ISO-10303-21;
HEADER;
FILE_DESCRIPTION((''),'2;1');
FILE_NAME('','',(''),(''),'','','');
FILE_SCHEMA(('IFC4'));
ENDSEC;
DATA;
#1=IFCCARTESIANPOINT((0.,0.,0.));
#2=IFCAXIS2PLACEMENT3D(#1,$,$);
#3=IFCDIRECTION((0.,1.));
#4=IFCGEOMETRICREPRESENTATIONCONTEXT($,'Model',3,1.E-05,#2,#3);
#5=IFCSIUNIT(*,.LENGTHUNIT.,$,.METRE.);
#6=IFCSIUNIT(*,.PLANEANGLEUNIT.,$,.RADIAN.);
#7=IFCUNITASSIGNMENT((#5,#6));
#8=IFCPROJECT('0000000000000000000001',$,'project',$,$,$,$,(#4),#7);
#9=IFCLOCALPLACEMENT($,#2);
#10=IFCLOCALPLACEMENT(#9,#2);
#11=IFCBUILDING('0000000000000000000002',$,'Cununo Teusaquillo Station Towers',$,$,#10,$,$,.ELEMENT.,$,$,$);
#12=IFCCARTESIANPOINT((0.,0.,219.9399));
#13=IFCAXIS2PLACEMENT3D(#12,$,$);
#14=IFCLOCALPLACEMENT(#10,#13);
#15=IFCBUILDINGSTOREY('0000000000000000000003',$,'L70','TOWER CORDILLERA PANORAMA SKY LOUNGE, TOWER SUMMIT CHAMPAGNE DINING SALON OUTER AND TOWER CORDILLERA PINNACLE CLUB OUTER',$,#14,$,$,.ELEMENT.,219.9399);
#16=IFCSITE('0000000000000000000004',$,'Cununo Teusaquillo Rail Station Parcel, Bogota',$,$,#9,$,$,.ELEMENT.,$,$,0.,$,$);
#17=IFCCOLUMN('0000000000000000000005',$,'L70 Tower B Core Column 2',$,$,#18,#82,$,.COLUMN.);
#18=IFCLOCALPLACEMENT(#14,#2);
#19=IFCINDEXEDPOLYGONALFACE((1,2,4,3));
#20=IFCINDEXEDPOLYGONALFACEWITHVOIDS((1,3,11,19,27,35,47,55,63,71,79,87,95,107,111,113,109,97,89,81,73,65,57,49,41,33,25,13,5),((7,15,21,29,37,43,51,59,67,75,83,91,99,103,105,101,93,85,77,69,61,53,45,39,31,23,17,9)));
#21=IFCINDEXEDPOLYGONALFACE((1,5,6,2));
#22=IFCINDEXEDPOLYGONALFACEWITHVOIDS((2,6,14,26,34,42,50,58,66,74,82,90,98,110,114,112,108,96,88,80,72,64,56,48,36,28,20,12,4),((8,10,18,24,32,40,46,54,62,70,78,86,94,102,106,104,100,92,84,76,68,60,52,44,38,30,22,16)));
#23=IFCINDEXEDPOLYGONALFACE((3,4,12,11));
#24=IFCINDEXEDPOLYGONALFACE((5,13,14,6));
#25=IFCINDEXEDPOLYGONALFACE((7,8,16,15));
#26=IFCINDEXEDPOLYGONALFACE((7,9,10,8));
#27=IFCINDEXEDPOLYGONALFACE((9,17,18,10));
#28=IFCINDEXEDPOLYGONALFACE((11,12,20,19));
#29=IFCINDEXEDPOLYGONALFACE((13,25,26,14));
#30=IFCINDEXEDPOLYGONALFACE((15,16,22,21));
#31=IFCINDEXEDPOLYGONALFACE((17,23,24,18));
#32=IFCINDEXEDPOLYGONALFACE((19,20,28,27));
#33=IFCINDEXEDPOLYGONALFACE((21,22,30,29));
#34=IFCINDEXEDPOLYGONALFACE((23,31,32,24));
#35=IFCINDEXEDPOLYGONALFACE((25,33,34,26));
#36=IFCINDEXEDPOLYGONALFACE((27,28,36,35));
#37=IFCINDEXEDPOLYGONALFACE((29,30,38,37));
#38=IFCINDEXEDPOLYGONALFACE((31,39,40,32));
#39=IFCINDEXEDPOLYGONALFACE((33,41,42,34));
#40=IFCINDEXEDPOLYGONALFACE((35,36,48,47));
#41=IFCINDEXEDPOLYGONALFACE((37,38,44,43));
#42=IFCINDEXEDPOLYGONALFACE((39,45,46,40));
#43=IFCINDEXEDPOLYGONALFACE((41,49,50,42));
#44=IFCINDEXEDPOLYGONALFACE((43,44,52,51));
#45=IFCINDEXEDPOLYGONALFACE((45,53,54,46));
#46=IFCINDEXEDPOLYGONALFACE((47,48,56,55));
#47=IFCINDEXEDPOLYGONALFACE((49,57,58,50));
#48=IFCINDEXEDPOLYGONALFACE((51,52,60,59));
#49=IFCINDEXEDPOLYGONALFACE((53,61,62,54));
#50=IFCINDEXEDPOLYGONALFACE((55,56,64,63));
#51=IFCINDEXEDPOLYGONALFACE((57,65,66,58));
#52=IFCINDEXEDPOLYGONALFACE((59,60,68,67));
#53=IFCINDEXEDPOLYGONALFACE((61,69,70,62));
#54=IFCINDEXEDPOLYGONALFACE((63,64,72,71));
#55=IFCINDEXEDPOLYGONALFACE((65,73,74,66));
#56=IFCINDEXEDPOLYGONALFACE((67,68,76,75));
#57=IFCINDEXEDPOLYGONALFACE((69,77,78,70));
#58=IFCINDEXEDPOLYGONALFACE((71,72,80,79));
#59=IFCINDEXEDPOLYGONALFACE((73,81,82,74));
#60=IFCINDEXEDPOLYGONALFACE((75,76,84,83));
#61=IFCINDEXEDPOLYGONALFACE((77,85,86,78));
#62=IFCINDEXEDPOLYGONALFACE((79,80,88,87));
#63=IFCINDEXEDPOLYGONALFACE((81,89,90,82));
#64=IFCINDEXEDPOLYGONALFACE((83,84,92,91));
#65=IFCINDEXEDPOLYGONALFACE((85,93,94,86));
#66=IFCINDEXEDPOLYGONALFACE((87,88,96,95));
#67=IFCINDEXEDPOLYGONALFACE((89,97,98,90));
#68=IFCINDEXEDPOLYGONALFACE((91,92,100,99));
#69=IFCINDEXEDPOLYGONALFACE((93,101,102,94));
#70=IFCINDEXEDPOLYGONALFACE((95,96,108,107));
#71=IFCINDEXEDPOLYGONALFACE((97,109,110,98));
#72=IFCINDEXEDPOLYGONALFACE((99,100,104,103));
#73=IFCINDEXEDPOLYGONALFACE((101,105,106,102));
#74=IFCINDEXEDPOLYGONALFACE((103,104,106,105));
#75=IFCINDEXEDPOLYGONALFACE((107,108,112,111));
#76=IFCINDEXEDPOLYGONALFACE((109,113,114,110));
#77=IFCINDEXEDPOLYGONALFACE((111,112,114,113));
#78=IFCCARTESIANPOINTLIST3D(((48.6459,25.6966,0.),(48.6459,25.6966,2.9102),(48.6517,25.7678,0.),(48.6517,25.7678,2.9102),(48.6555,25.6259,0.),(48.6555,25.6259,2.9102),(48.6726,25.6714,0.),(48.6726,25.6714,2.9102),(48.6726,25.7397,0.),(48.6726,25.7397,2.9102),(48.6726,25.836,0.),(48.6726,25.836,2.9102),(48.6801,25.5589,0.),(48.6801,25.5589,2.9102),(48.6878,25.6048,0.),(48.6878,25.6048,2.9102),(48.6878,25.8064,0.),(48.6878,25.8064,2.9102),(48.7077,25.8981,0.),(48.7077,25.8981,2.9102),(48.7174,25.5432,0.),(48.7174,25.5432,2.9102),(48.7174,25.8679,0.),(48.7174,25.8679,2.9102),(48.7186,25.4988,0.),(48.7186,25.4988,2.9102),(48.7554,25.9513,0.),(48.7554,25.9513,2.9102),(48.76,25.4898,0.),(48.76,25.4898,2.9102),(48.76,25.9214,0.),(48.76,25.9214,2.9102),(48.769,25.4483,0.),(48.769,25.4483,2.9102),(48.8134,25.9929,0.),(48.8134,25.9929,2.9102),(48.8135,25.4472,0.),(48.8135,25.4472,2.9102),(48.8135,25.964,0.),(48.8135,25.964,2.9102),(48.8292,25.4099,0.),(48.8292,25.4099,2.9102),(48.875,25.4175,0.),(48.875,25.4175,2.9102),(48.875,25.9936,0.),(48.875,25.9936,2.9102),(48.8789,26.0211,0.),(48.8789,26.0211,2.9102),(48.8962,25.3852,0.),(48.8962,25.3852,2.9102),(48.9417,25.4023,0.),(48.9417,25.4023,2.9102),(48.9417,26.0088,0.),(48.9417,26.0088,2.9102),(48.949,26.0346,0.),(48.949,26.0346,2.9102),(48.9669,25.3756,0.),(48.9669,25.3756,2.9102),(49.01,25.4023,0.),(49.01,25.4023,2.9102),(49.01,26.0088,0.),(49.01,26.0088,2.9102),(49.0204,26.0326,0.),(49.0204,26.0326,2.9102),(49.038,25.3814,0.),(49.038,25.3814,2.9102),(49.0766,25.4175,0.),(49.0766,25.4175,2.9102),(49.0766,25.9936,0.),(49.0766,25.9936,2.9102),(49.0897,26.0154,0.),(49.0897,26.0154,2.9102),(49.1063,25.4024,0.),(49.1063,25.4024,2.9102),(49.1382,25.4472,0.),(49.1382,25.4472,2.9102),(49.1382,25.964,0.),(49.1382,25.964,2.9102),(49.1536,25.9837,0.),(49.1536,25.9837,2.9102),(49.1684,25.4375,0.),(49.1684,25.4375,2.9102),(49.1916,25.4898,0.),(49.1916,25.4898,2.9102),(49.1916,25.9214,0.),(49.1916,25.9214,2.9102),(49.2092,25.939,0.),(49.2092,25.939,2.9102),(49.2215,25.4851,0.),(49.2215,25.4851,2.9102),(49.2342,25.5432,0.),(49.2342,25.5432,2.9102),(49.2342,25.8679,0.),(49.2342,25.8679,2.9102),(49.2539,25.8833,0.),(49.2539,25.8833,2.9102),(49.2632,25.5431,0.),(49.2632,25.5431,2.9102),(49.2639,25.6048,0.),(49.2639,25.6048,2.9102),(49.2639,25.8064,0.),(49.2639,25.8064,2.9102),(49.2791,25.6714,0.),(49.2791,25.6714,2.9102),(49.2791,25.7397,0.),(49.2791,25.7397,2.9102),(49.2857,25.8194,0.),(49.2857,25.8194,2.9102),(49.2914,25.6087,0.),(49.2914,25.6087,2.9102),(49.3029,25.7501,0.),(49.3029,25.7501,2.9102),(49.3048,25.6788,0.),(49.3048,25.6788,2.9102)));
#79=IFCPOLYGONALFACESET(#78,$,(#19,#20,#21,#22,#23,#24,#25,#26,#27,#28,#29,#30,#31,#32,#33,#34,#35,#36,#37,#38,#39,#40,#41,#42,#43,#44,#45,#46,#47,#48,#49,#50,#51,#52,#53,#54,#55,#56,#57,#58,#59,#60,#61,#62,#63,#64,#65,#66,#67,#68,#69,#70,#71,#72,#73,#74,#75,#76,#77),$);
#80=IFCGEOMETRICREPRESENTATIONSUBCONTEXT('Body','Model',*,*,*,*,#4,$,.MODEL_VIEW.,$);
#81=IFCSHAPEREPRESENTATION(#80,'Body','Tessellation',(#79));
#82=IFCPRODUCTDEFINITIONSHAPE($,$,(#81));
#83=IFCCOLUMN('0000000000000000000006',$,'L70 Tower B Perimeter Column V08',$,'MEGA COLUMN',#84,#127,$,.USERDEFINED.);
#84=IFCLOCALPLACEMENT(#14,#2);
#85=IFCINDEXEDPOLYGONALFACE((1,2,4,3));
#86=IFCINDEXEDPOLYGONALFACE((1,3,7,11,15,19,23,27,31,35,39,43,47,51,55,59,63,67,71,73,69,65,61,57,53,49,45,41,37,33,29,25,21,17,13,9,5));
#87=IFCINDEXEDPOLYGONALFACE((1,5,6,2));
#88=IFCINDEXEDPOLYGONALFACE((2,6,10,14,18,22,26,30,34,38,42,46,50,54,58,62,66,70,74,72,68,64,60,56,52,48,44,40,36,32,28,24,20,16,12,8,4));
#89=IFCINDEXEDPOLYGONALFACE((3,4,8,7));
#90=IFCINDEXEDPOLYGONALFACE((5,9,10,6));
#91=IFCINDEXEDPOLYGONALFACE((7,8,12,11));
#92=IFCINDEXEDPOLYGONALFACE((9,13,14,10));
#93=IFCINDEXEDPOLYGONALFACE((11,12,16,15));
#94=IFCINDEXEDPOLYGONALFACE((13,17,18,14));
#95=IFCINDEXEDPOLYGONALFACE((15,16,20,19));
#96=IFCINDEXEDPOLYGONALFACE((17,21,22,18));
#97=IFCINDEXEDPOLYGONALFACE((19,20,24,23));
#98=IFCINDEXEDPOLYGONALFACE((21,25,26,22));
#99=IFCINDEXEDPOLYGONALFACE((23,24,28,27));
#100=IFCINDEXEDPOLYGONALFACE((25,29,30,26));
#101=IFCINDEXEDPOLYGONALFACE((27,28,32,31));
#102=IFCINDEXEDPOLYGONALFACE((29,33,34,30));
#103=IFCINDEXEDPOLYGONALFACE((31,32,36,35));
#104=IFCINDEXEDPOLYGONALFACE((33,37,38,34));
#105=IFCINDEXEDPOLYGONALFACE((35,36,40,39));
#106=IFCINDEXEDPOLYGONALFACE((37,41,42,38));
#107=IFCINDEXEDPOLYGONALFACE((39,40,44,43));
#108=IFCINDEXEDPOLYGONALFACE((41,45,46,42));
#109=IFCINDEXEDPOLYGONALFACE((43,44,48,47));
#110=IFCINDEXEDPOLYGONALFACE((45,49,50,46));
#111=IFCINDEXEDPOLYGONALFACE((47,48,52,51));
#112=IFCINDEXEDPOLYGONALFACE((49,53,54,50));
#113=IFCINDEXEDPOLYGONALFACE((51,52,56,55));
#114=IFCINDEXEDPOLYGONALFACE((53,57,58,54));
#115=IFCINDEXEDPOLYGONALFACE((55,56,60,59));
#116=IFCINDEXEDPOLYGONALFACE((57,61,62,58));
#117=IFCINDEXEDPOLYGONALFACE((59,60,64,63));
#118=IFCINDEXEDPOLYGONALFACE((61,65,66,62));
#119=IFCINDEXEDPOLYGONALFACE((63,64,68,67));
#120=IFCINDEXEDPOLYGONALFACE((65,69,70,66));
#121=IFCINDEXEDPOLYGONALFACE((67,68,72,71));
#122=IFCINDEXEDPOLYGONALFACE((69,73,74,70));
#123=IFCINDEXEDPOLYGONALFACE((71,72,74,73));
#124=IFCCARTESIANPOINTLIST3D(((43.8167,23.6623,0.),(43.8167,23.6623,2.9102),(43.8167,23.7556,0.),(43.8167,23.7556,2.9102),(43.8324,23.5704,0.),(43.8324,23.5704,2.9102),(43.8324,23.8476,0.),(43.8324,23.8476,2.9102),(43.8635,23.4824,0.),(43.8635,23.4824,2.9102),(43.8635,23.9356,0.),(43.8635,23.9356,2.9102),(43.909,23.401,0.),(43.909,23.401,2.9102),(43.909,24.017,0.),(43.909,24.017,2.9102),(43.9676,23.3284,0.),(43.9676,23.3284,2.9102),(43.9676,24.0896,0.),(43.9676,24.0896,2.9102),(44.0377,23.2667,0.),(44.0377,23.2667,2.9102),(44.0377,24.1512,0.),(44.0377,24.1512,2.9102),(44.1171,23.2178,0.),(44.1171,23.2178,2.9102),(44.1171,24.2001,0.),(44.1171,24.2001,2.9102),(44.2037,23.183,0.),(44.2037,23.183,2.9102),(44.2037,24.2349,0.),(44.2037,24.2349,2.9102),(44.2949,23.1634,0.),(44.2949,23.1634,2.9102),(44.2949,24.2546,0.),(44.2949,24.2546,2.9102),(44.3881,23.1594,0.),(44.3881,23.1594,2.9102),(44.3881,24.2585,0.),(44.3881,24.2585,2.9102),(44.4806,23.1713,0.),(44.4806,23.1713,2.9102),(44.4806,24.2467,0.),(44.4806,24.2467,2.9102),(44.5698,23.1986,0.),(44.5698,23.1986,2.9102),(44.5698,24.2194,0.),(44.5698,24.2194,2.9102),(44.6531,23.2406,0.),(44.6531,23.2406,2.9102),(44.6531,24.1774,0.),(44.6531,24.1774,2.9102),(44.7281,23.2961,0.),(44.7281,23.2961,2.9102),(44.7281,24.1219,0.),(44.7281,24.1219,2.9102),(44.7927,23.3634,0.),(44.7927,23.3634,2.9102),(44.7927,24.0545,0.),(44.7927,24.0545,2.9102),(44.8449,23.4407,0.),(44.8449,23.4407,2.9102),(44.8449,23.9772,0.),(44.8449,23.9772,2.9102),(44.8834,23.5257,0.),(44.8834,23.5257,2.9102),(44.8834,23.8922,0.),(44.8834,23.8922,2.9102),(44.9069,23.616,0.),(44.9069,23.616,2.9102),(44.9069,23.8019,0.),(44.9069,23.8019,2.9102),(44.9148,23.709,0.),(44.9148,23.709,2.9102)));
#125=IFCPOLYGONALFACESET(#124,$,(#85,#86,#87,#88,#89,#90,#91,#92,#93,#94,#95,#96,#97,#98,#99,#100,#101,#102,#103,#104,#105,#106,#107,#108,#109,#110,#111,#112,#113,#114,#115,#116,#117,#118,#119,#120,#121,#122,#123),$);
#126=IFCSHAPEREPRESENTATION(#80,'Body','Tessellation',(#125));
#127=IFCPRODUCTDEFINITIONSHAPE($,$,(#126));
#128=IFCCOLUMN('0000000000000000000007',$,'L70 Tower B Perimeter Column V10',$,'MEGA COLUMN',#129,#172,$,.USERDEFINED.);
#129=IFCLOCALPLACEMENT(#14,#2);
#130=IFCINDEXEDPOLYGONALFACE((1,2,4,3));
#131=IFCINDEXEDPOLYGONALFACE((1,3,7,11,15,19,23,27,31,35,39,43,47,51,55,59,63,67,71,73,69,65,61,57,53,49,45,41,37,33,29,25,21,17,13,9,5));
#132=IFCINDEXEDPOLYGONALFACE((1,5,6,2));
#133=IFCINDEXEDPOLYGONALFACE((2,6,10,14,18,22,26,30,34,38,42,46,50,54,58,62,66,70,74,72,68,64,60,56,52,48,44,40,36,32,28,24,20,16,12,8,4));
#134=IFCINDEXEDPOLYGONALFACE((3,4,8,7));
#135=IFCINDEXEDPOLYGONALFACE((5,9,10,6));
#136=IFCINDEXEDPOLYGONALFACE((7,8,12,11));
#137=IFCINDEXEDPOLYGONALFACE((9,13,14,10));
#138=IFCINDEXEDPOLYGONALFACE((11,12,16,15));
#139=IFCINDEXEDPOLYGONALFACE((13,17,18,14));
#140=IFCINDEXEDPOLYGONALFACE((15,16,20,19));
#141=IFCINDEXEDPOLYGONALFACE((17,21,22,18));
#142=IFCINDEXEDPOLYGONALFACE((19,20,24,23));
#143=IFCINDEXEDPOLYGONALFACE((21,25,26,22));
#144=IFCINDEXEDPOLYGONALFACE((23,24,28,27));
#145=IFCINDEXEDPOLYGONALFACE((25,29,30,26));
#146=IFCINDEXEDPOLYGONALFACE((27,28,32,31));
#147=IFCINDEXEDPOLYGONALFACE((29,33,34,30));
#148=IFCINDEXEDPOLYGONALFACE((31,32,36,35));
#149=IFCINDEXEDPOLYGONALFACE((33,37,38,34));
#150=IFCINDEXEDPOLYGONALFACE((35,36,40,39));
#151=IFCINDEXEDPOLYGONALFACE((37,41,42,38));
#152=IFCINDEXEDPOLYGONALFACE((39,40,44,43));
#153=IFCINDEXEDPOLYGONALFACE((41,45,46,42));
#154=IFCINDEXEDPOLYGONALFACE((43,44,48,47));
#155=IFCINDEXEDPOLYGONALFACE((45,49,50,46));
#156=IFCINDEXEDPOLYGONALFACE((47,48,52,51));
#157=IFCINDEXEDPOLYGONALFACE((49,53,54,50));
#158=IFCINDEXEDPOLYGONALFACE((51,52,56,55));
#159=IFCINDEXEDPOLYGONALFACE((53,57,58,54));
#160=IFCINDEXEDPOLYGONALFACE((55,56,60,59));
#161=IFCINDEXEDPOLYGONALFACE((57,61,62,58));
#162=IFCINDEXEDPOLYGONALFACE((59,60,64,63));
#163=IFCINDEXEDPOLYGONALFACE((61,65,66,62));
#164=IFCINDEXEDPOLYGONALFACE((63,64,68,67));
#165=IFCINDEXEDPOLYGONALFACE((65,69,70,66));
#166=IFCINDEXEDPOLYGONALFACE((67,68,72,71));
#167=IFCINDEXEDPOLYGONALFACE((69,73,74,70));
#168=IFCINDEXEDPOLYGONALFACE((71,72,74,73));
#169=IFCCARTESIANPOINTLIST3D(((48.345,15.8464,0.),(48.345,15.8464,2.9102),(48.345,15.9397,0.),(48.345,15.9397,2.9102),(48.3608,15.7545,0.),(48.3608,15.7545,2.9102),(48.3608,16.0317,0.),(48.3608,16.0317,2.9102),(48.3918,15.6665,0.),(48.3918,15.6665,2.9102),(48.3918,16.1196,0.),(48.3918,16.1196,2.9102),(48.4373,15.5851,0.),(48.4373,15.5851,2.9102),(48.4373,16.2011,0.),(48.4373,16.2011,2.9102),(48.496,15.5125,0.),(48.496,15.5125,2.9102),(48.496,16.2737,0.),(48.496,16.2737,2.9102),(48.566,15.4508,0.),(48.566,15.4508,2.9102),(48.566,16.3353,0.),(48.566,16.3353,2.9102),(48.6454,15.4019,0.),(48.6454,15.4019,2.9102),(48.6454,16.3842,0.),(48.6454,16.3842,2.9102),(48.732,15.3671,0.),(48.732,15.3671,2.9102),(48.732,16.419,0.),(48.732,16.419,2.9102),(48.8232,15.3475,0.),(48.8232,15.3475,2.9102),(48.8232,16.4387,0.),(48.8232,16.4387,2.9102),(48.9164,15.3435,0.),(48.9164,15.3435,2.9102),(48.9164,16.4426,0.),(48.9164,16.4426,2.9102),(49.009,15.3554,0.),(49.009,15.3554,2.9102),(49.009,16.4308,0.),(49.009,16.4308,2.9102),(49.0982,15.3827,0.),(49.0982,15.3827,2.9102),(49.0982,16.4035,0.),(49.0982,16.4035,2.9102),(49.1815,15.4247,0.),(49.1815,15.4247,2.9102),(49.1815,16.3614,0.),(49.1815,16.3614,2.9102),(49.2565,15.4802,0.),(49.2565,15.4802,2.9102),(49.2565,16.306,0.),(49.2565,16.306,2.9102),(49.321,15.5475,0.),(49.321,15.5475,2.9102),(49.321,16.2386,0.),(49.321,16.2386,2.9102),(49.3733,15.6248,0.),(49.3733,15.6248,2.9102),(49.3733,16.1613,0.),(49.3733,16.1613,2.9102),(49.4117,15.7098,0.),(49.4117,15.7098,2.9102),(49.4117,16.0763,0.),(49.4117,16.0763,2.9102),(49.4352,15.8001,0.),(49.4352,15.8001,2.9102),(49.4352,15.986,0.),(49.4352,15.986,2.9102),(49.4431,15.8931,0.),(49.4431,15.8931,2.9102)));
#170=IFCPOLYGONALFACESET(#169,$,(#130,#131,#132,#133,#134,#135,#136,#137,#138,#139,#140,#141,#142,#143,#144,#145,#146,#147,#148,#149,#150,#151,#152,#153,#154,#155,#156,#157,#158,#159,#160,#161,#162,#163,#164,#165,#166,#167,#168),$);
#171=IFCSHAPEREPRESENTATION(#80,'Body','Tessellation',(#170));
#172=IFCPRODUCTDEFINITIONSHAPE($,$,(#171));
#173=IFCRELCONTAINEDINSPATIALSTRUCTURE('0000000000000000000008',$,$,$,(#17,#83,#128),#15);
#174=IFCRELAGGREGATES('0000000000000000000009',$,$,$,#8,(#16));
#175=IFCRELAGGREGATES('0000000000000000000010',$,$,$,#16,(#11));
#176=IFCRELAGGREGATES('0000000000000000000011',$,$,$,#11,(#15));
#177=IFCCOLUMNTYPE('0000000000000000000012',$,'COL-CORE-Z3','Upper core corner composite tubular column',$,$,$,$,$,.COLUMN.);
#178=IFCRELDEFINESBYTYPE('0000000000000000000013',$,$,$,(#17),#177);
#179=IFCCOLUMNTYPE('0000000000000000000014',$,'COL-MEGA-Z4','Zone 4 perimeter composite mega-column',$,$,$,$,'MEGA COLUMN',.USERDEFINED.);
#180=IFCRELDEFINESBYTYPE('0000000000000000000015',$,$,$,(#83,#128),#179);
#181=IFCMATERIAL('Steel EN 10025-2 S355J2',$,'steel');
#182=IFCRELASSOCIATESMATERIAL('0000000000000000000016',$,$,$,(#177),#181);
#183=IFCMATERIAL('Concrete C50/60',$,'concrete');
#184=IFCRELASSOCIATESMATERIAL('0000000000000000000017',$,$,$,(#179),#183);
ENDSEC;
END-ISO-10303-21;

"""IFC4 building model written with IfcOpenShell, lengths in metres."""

from ifc_helpers import new_model, si_unit, direction, frame, origin, origin_2d, place, context, subcontext, project, spatial, circle, hollow_circle, extrude, material, material_profile, profile_set, type_object, element, save


model = new_model("IFC4")

# Units and contexts
model_context = context("Model", 3, precision=1e-05, world=origin(), true_north=direction((0.0, 1.0)))
body_context = subcontext(model_context, "Body", "Model", "MODEL_VIEW")
ifc_project = project(units=[si_unit("LENGTHUNIT", "METRE"), si_unit("PLANEANGLEUNIT", "RADIAN")], contexts=[model_context])

# Site, building, storey
site_placement = place(None, origin())
site = spatial("IfcSite", under=ifc_project, at=site_placement, Name="Cununo Teusaquillo Rail Station Parcel, Bogota", CompositionType="ELEMENT", RefElevation=0.0)
building_placement = place(site_placement, origin())
building = spatial("IfcBuilding", under=site, at=building_placement, Name="Cununo Teusaquillo Station Towers", CompositionType="ELEMENT")
storey_placement = place(building_placement, frame((0.0, 0.0, 219.9399)))
storey = spatial("IfcBuildingStorey", under=building, at=storey_placement, Name="L70", Description="TOWER CORDILLERA PANORAMA SKY LOUNGE, TOWER SUMMIT CHAMPAGNE DINING SALON OUTER AND TOWER CORDILLERA PINNACLE CLUB OUTER", CompositionType="ELEMENT", Elevation=219.9399)

# Columns
ifc_material_1 = material(Name="Steel EN 10025-2 S355J2", Category="steel")
ifc_material_profile_1 = material_profile(ifc_material_1, hollow_circle(Radius=0.3301, WallThickness=0.0249, at=origin_2d()), Name="CHS 660x25")
ifc_profile_set_1 = profile_set([ifc_material_profile_1], Name="Steel EN 10025-2 S355J2")
column_type_1 = type_object("IfcColumnType", Name="COL-CORE-Z3", Description="Upper core corner composite tubular column", PredefinedType="COLUMN", material=ifc_profile_set_1)
column_placement = place(storey_placement, frame((48.9758, 25.7056, 0.0), z_axis=(0.0, 0.0, 1.0), x_axis=(0.707107, 0.707107, 0.0)))
element("IfcColumn", 1, at=column_placement, inside=storey, type_object=column_type_1, Name="L70 Tower B Core Column 2", PredefinedType="COLUMN", context=body_context, shape_type="SweptSolid", body=[
    extrude(hollow_circle(Radius=0.3301, WallThickness=0.0249, at=origin_2d()), origin(), (0.0, 0.0, 1.0), 2.9102),
])
ifc_material_2 = material(Name="Concrete C50/60", Category="concrete")
ifc_material_profile_2 = material_profile(ifc_material_2, circle(Radius=0.55, at=origin_2d()), Name="RC-CIRC-1100")
ifc_profile_set_2 = profile_set([ifc_material_profile_2], Name="Concrete C50/60")
column_type_2 = type_object("IfcColumnType", Name="COL-MEGA-Z4", Description="Zone 4 perimeter composite mega-column", ElementType="MEGA COLUMN", PredefinedType="USERDEFINED", material=ifc_profile_set_2)
for number, where, z_axis, x_axis, name in (
    (2, (44.3647, 23.709, 0.0), (0.0, 0.0, 1.0), (1.0, 0.0, 0.0), "L70 Tower B Perimeter Column V08"),
    (3, (48.8931, 15.8931, 0.0), (0.0, 0.0, 1.0), (1.0, 0.0, 0.0), "L70 Tower B Perimeter Column V10"),
):
    element("IfcColumn", number, at=place(storey_placement, frame(where, z_axis=z_axis, x_axis=x_axis)), inside=storey, type_object=column_type_2, Name=name, ObjectType="MEGA COLUMN", PredefinedType="USERDEFINED", context=body_context, shape_type="SweptSolid", body=[
        extrude(circle(Radius=0.55, at=origin_2d()), origin(), (0.0, 0.0, 1.0), 2.9102),
    ])

save(model, "model.ifc")
